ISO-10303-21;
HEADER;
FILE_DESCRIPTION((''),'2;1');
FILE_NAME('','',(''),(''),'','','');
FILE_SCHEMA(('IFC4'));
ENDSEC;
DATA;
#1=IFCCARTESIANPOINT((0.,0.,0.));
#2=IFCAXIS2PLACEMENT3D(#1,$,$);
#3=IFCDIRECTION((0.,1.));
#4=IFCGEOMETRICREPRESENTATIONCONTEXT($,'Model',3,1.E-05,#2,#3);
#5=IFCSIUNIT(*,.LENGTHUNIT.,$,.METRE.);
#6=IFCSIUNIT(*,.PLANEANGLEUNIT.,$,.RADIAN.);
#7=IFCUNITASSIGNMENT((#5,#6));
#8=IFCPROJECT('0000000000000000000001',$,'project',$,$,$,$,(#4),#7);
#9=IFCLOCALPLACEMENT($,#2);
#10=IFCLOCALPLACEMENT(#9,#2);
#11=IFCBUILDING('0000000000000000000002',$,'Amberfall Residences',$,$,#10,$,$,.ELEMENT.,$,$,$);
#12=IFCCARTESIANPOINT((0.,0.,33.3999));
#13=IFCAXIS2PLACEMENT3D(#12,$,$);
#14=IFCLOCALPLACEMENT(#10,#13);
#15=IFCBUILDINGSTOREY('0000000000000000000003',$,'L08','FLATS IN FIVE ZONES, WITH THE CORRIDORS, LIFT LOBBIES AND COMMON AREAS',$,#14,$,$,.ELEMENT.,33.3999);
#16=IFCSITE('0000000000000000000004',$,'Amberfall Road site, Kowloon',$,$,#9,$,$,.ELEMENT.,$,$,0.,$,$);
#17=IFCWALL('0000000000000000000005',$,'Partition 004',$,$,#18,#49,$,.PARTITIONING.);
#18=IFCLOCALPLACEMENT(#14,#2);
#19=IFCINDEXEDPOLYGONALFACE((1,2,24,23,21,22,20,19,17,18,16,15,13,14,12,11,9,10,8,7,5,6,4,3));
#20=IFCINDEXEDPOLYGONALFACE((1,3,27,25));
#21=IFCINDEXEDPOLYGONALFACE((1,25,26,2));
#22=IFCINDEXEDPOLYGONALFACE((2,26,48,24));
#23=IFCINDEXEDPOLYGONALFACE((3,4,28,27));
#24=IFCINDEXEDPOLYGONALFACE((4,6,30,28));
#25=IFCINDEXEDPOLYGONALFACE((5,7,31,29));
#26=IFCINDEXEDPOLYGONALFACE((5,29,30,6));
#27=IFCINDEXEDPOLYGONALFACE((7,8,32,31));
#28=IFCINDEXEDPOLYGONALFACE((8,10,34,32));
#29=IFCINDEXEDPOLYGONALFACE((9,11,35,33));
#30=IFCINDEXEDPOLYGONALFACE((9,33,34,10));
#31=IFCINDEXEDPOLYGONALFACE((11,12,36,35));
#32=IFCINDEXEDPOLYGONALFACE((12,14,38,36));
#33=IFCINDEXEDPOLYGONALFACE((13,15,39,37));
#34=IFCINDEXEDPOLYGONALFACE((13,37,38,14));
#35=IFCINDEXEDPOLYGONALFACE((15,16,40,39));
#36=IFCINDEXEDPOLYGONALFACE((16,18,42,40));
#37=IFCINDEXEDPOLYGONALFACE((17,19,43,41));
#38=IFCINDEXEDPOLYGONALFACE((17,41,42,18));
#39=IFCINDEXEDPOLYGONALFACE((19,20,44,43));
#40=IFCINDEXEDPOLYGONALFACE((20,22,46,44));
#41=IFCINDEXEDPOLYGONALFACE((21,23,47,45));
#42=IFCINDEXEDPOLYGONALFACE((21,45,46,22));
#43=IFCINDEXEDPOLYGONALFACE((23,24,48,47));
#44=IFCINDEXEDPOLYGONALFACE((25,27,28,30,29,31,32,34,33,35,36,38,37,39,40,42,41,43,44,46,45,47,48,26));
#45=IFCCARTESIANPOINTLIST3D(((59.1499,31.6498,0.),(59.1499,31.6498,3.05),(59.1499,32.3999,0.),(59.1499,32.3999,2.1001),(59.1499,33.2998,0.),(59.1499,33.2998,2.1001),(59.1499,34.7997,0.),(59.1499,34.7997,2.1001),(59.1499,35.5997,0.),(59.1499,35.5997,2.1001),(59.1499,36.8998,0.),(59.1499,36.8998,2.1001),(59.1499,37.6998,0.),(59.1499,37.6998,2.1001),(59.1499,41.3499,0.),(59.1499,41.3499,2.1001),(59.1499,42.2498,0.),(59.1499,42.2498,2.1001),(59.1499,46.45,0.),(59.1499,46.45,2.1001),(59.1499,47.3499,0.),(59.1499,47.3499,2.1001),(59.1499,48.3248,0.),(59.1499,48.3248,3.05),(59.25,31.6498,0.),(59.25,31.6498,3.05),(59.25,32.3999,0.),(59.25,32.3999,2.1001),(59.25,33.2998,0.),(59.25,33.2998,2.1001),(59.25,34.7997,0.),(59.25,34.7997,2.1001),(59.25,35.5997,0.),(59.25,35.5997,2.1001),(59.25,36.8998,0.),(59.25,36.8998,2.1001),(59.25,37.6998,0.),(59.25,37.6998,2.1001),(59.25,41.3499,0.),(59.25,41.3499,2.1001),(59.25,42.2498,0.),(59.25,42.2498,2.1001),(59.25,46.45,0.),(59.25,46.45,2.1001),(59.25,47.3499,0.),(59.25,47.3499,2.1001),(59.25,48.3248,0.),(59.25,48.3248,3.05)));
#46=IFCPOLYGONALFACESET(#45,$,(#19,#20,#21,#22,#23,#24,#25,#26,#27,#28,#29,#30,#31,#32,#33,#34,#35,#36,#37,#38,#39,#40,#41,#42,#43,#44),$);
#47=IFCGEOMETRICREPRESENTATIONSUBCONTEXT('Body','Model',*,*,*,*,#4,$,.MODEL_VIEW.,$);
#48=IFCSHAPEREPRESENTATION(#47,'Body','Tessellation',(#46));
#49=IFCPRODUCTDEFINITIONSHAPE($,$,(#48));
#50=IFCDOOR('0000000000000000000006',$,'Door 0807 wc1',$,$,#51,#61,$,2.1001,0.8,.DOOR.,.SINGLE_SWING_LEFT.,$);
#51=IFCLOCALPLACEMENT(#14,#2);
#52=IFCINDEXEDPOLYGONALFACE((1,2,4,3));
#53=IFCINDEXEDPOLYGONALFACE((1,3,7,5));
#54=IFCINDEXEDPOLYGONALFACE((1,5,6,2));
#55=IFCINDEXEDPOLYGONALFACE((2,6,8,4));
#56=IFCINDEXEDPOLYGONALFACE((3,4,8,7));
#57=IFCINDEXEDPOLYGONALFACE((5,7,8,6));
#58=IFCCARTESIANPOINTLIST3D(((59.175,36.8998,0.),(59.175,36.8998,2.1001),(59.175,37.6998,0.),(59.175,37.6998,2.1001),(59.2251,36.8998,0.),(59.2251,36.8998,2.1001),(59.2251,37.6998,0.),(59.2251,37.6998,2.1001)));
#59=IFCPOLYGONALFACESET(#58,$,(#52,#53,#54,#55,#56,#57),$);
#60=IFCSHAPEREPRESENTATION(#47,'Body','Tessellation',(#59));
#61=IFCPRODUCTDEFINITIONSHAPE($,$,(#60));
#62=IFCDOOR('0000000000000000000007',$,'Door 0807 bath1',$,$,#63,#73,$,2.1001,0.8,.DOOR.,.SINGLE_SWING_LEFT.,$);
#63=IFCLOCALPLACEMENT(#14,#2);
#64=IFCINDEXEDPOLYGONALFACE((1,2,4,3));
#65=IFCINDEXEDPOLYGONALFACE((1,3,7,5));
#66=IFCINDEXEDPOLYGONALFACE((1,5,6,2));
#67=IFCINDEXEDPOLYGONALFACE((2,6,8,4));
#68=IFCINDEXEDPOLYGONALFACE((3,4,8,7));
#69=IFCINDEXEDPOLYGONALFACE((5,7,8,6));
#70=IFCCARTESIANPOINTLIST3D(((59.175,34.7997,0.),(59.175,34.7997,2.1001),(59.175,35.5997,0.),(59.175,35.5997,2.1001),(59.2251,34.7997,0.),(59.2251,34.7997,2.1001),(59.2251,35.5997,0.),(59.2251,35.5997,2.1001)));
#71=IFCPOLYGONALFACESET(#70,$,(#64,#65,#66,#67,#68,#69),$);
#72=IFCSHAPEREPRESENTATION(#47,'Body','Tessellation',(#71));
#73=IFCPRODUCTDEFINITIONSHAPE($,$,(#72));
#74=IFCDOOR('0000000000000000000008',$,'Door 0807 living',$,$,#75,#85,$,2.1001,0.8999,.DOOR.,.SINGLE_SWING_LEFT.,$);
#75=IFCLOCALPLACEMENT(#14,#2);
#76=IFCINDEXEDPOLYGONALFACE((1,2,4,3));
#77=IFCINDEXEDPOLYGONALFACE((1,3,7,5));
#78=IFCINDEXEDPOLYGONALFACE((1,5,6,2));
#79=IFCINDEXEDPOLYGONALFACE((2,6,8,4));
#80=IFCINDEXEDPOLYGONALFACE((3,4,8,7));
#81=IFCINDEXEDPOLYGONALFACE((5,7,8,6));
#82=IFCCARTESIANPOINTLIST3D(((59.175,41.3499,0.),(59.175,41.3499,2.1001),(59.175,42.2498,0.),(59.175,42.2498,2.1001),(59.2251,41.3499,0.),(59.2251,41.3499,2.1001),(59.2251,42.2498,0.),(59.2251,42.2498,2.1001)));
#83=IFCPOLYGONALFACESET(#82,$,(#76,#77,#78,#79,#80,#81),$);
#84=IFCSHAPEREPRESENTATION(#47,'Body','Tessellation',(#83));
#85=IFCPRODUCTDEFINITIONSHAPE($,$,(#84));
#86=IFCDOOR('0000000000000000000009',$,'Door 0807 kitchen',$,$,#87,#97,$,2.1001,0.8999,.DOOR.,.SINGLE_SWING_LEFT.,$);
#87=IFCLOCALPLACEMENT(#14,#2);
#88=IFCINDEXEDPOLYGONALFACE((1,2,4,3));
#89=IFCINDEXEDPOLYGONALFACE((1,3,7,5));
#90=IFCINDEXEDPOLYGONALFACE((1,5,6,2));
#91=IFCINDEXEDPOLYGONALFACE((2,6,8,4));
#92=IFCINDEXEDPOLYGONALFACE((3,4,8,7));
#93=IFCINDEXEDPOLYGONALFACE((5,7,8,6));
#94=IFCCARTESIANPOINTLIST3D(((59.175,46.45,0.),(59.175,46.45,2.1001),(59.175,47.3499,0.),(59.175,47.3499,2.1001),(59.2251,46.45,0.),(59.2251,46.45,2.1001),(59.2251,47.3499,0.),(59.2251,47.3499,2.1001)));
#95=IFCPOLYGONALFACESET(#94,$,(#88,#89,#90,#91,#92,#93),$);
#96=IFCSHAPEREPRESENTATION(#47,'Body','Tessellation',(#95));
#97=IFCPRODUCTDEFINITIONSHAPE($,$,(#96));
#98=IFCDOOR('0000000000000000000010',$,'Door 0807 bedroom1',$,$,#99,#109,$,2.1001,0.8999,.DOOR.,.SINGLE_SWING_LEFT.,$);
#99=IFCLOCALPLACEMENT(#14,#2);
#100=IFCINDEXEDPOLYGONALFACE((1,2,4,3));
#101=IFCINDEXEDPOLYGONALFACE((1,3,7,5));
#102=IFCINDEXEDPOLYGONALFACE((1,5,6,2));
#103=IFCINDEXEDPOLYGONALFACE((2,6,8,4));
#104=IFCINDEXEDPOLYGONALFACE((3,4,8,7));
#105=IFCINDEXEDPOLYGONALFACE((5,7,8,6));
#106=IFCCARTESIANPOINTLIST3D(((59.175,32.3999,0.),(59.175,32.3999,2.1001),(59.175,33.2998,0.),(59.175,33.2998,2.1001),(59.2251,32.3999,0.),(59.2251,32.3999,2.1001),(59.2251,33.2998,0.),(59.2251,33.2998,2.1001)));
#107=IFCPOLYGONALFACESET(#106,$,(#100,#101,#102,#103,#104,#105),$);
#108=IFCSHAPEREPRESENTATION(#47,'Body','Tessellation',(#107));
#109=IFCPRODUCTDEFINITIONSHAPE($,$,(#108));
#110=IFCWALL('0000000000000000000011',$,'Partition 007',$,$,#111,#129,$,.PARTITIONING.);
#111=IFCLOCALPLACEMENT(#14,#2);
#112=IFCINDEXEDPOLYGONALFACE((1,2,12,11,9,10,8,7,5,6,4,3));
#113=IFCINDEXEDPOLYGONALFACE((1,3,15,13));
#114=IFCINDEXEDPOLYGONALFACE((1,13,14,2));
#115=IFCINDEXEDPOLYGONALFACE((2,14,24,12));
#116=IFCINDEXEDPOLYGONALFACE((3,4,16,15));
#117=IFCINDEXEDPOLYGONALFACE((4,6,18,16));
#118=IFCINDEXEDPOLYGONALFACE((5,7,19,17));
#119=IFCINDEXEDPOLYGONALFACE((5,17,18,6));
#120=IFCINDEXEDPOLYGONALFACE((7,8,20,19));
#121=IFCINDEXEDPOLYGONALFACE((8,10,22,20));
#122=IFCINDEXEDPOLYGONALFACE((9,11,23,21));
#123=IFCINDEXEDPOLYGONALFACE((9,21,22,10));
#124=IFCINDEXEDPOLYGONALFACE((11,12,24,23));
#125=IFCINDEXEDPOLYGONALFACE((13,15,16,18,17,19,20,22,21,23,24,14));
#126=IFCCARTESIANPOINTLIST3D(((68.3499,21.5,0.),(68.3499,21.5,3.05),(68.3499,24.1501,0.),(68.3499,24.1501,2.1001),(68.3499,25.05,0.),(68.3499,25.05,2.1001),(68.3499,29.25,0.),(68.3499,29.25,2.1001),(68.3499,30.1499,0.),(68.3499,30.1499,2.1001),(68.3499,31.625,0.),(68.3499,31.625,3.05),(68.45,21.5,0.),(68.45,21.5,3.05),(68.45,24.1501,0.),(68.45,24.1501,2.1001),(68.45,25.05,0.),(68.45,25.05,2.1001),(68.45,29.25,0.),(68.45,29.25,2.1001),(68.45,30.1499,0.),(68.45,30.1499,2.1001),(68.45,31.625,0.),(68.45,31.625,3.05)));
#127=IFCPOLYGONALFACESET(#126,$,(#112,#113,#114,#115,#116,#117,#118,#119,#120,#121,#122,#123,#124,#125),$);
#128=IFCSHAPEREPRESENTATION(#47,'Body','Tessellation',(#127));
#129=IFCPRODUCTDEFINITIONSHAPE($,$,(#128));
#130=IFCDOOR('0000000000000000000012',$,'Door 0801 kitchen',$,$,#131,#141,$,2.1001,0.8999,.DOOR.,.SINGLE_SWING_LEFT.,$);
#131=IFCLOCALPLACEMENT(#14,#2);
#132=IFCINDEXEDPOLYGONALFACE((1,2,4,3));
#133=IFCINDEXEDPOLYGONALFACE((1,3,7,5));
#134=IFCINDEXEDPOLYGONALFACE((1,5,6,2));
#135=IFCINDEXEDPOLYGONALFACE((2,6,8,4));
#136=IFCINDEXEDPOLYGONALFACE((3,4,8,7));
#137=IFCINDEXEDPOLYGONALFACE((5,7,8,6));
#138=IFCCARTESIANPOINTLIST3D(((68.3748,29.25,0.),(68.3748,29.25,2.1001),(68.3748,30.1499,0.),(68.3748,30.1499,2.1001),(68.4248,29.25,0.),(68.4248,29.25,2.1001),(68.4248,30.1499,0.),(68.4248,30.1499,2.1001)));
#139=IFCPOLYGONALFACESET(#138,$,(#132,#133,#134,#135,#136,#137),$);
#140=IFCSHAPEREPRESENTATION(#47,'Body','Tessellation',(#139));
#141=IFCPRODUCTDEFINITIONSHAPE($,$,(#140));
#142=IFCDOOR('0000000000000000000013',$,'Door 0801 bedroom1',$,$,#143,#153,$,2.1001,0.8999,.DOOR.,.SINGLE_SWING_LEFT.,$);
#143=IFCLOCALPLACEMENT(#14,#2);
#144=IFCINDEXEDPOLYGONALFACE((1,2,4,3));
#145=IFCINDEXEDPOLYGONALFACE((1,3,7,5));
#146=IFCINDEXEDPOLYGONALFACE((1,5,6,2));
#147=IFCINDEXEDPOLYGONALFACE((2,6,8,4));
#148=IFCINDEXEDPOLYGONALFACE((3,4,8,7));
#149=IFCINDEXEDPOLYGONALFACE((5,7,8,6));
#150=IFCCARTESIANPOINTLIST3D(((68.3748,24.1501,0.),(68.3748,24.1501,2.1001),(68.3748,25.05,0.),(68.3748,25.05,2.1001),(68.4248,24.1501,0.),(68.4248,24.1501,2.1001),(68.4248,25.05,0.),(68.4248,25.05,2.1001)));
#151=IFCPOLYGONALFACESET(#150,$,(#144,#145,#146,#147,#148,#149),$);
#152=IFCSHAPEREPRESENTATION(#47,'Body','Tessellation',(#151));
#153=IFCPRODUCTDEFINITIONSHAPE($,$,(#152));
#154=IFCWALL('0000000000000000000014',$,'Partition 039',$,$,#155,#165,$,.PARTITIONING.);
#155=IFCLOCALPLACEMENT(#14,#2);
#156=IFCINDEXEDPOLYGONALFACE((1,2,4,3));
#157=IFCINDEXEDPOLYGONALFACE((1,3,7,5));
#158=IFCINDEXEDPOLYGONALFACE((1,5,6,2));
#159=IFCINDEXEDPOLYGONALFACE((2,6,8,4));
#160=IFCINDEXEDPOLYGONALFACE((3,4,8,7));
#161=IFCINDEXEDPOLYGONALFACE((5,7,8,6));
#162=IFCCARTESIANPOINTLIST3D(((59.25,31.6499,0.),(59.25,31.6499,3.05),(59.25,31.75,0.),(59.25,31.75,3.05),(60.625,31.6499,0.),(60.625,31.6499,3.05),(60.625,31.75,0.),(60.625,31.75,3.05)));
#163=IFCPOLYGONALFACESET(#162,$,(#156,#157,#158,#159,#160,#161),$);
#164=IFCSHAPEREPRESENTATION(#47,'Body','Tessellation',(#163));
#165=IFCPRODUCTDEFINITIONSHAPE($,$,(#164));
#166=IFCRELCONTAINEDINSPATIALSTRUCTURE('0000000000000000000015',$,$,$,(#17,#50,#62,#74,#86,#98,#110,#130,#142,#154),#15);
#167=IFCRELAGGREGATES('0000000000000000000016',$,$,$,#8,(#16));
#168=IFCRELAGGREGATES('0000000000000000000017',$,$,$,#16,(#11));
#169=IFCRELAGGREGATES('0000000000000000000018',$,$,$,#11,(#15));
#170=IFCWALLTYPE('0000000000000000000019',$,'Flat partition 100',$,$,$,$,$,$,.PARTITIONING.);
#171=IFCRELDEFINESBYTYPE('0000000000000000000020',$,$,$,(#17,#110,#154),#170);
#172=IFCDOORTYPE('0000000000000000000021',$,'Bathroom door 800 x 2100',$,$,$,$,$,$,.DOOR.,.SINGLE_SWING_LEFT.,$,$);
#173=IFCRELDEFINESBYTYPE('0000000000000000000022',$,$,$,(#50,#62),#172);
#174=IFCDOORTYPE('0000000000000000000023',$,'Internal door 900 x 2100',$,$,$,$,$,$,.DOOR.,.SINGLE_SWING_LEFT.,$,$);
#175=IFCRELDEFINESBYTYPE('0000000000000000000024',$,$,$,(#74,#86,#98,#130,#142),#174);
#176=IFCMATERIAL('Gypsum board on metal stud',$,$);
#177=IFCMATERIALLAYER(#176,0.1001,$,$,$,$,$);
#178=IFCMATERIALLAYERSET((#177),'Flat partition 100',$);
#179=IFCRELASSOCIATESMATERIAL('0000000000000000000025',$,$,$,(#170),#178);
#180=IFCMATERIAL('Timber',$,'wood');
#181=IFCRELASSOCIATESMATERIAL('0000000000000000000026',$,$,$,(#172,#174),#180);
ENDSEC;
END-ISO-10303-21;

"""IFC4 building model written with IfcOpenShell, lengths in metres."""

from ifc_helpers import new_model, si_unit, direction, frame, frame_2d, origin, place, context, subcontext, project, spatial, rectangle, extrude, material, layer, layer_set, type_object, element, fill, save


model = new_model("IFC4")

# Units and contexts
model_context = context("Model", 3, precision=1e-05, world=origin(), true_north=direction((0.0, 1.0)))
body_context = subcontext(model_context, "Body", "Model", "MODEL_VIEW")
ifc_project = project(units=[si_unit("LENGTHUNIT", "METRE"), si_unit("PLANEANGLEUNIT", "RADIAN")], contexts=[model_context])

# Site, building, storey
site_placement = place(None, origin())
site = spatial("IfcSite", under=ifc_project, at=site_placement, Name="Amberfall Road site, Kowloon", CompositionType="ELEMENT", RefElevation=0.0)
building_placement = place(site_placement, origin())
building = spatial("IfcBuilding", under=site, at=building_placement, Name="Amberfall Residences", CompositionType="ELEMENT")
storey_placement = place(building_placement, frame((0.0, 0.0, 33.3999)))
storey = spatial("IfcBuildingStorey", under=building, at=storey_placement, Name="L08", Description="FLATS IN FIVE ZONES, WITH THE CORRIDORS, LIFT LOBBIES AND COMMON AREAS", CompositionType="ELEMENT", Elevation=33.3999)

# Walls, openings, doors
ifc_material_1 = material(Name="Gypsum board on metal stud")
ifc_layer_1 = layer(ifc_material_1, 0.1001)
ifc_layer_set_1 = layer_set([ifc_layer_1], Name="Flat partition 100")
wall_type_1 = type_object("IfcWallType", Name="Flat partition 100", PredefinedType="PARTITIONING", material=ifc_layer_set_1)
wall_1_placement = place(storey_placement, frame((59.2, 31.6499, 0.0), z_axis=(0.0, 0.0, 1.0), x_axis=(0.0, 1.0, 0.0)))
wall_1 = element("IfcWall", 1, at=wall_1_placement, inside=storey, type_object=wall_type_1, Name="Partition 004", PredefinedType="PARTITIONING", context=body_context, shape_type="SweptSolid", body=[
    extrude(rectangle(XDim=16.675, YDim=0.1001, at=frame_2d((8.3374, 0.0))), origin(), (0.0, 0.0, 1.0), 3.05),
])
opening_1_placement = place(wall_1_placement, frame((9.7, 0.0, 0.0)))
opening_1 = element("IfcOpeningElement", 2, at=opening_1_placement, cuts=wall_1, PredefinedType="OPENING", context=body_context, shape_type="SweptSolid", body=[
    extrude(rectangle(XDim=0.8999, YDim=2.1001, at=frame_2d((0.45, 1.05))), frame((0.0, 0.0601, 0.0), z_axis=(0.0, -1.0, 0.0), x_axis=(1.0, 0.0, 0.0)), (0.0, 0.0, 1.0), 0.1201),
])
opening_2_placement = place(wall_1_placement, frame((14.8, 0.0, 0.0)))
opening_2 = element("IfcOpeningElement", 3, at=opening_2_placement, cuts=wall_1, PredefinedType="OPENING", context=body_context, shape_type="SweptSolid", body=[
    extrude(rectangle(XDim=0.8999, YDim=2.1001, at=frame_2d((0.45, 1.05))), frame((0.0, 0.0601, 0.0), z_axis=(0.0, -1.0, 0.0), x_axis=(1.0, 0.0, 0.0)), (0.0, 0.0, 1.0), 0.1201),
])
opening_3_placement = place(wall_1_placement, frame((5.25, 0.0, 0.0)))
opening_3 = element("IfcOpeningElement", 4, at=opening_3_placement, cuts=wall_1, PredefinedType="OPENING", context=body_context, shape_type="SweptSolid", body=[
    extrude(rectangle(XDim=0.8, YDim=2.1001, at=frame_2d((0.3999, 1.05))), frame((0.0, 0.0601, 0.0), z_axis=(0.0, -1.0, 0.0), x_axis=(1.0, 0.0, 0.0)), (0.0, 0.0, 1.0), 0.1201),
])
opening_4_placement = place(wall_1_placement, frame((0.75, 0.0, 0.0)))
opening_4 = element("IfcOpeningElement", 5, at=opening_4_placement, cuts=wall_1, PredefinedType="OPENING", context=body_context, shape_type="SweptSolid", body=[
    extrude(rectangle(XDim=0.8999, YDim=2.1001, at=frame_2d((0.45, 1.05))), frame((0.0, 0.0601, 0.0), z_axis=(0.0, -1.0, 0.0), x_axis=(1.0, 0.0, 0.0)), (0.0, 0.0, 1.0), 0.1201),
])
opening_5_placement = place(wall_1_placement, frame((3.1499, 0.0, 0.0)))
opening_5 = element("IfcOpeningElement", 6, at=opening_5_placement, cuts=wall_1, PredefinedType="OPENING", context=body_context, shape_type="SweptSolid", body=[
    extrude(rectangle(XDim=0.8, YDim=2.1001, at=frame_2d((0.3999, 1.05))), frame((0.0, 0.0601, 0.0), z_axis=(0.0, -1.0, 0.0), x_axis=(1.0, 0.0, 0.0)), (0.0, 0.0, 1.0), 0.1201),
])
ifc_material_2 = material(Name="Timber", Category="wood")
door_type_1 = type_object("IfcDoorType", Name="Bathroom door 800 x 2100", OperationType="SINGLE_SWING_LEFT", PredefinedType="DOOR", material=ifc_material_2)
door_1_placement = place(opening_3_placement, origin())
door_1 = element("IfcDoor", 7, at=door_1_placement, inside=storey, type_object=door_type_1, Name="Door 0807 wc1", OperationType="SINGLE_SWING_LEFT", OverallHeight=2.1001, OverallWidth=0.8, PredefinedType="DOOR", context=body_context, shape_type="SweptSolid", body=[
    extrude(rectangle(XDim=0.8, YDim=2.1001, at=frame_2d((0.3999, 1.05))), frame((0.0, 0.0249, 0.0), z_axis=(0.0, -1.0, 0.0), x_axis=(1.0, 0.0, 0.0)), (0.0, 0.0, 1.0), 0.05),
])
fill(opening_3, door_1)
door_2_placement = place(opening_5_placement, origin())
door_2 = element("IfcDoor", 8, at=door_2_placement, inside=storey, type_object=door_type_1, Name="Door 0807 bath1", OperationType="SINGLE_SWING_LEFT", OverallHeight=2.1001, OverallWidth=0.8, PredefinedType="DOOR", context=body_context, shape_type="SweptSolid", body=[
    extrude(rectangle(XDim=0.8, YDim=2.1001, at=frame_2d((0.3999, 1.05))), frame((0.0, 0.0249, 0.0), z_axis=(0.0, -1.0, 0.0), x_axis=(1.0, 0.0, 0.0)), (0.0, 0.0, 1.0), 0.05),
])
fill(opening_5, door_2)
door_type_2 = type_object("IfcDoorType", Name="Internal door 900 x 2100", OperationType="SINGLE_SWING_LEFT", PredefinedType="DOOR", material=ifc_material_2)
door_3_placement = place(opening_1_placement, origin())
door_3 = element("IfcDoor", 9, at=door_3_placement, inside=storey, type_object=door_type_2, Name="Door 0807 living", OperationType="SINGLE_SWING_LEFT", OverallHeight=2.1001, OverallWidth=0.8999, PredefinedType="DOOR", context=body_context, shape_type="SweptSolid", body=[
    extrude(rectangle(XDim=0.8999, YDim=2.1001, at=frame_2d((0.45, 1.05))), frame((0.0, 0.0249, 0.0), z_axis=(0.0, -1.0, 0.0), x_axis=(1.0, 0.0, 0.0)), (0.0, 0.0, 1.0), 0.05),
])
fill(opening_1, door_3)
door_4_placement = place(opening_2_placement, origin())
door_4 = element("IfcDoor", 10, at=door_4_placement, inside=storey, type_object=door_type_2, Name="Door 0807 kitchen", OperationType="SINGLE_SWING_LEFT", OverallHeight=2.1001, OverallWidth=0.8999, PredefinedType="DOOR", context=body_context, shape_type="SweptSolid", body=[
    extrude(rectangle(XDim=0.8999, YDim=2.1001, at=frame_2d((0.45, 1.05))), frame((0.0, 0.0249, 0.0), z_axis=(0.0, -1.0, 0.0), x_axis=(1.0, 0.0, 0.0)), (0.0, 0.0, 1.0), 0.05),
])
fill(opening_2, door_4)
door_5_placement = place(opening_4_placement, origin())
door_5 = element("IfcDoor", 11, at=door_5_placement, inside=storey, type_object=door_type_2, Name="Door 0807 bedroom1", OperationType="SINGLE_SWING_LEFT", OverallHeight=2.1001, OverallWidth=0.8999, PredefinedType="DOOR", context=body_context, shape_type="SweptSolid", body=[
    extrude(rectangle(XDim=0.8999, YDim=2.1001, at=frame_2d((0.45, 1.05))), frame((0.0, 0.0249, 0.0), z_axis=(0.0, -1.0, 0.0), x_axis=(1.0, 0.0, 0.0)), (0.0, 0.0, 1.0), 0.05),
])
fill(opening_4, door_5)
wall_2_placement = place(storey_placement, frame((68.3999, 31.625, 0.0), z_axis=(0.0, 0.0, 1.0), x_axis=(0.0, -1.0, 0.0)))
wall_2 = element("IfcWall", 12, at=wall_2_placement, inside=storey, type_object=wall_type_1, Name="Partition 007", PredefinedType="PARTITIONING", context=body_context, shape_type="SweptSolid", body=[
    extrude(rectangle(XDim=10.125, YDim=0.1001, at=frame_2d((5.0625, 0.0))), origin(), (0.0, 0.0, 1.0), 3.05),
])
opening_6_placement = place(wall_2_placement, frame((1.4751, 0.0, 0.0)))
opening_6 = element("IfcOpeningElement", 13, at=opening_6_placement, cuts=wall_2, PredefinedType="OPENING", context=body_context, shape_type="SweptSolid", body=[
    extrude(rectangle(XDim=0.8999, YDim=2.1001, at=frame_2d((0.45, 1.05))), frame((0.0, 0.0601, 0.0), z_axis=(0.0, -1.0, 0.0), x_axis=(1.0, 0.0, 0.0)), (0.0, 0.0, 1.0), 0.1201),
])
opening_7_placement = place(wall_2_placement, frame((6.575, 0.0, 0.0)))
opening_7 = element("IfcOpeningElement", 14, at=opening_7_placement, cuts=wall_2, PredefinedType="OPENING", context=body_context, shape_type="SweptSolid", body=[
    extrude(rectangle(XDim=0.8999, YDim=2.1001, at=frame_2d((0.45, 1.05))), frame((0.0, 0.0601, 0.0), z_axis=(0.0, -1.0, 0.0), x_axis=(1.0, 0.0, 0.0)), (0.0, 0.0, 1.0), 0.1201),
])
door_6_placement = place(opening_6_placement, origin())
door_6 = element("IfcDoor", 15, at=door_6_placement, inside=storey, type_object=door_type_2, Name="Door 0801 kitchen", OperationType="SINGLE_SWING_LEFT", OverallHeight=2.1001, OverallWidth=0.8999, PredefinedType="DOOR", context=body_context, shape_type="SweptSolid", body=[
    extrude(rectangle(XDim=0.8999, YDim=2.1001, at=frame_2d((0.45, 1.05))), frame((0.0, 0.0249, 0.0), z_axis=(0.0, -1.0, 0.0), x_axis=(1.0, 0.0, 0.0)), (0.0, 0.0, 1.0), 0.05),
])
fill(opening_6, door_6)
door_7_placement = place(opening_7_placement, origin())
door_7 = element("IfcDoor", 16, at=door_7_placement, inside=storey, type_object=door_type_2, Name="Door 0801 bedroom1", OperationType="SINGLE_SWING_LEFT", OverallHeight=2.1001, OverallWidth=0.8999, PredefinedType="DOOR", context=body_context, shape_type="SweptSolid", body=[
    extrude(rectangle(XDim=0.8999, YDim=2.1001, at=frame_2d((0.45, 1.05))), frame((0.0, 0.0249, 0.0), z_axis=(0.0, -1.0, 0.0), x_axis=(1.0, 0.0, 0.0)), (0.0, 0.0, 1.0), 0.05),
])
fill(opening_7, door_7)

# Wall
wall_3_placement = place(storey_placement, frame((59.25, 31.7, 0.0), z_axis=(0.0, 0.0, 1.0), x_axis=(1.0, 0.0, 0.0)))
element("IfcWall", 17, at=wall_3_placement, inside=storey, type_object=wall_type_1, Name="Partition 039", PredefinedType="PARTITIONING", context=body_context, shape_type="SweptSolid", body=[
    extrude(rectangle(XDim=1.375, YDim=0.1001, at=frame_2d((0.6875, 0.0))), origin(), (0.0, 0.0, 1.0), 3.05),
])

save(model, "model.ifc")
